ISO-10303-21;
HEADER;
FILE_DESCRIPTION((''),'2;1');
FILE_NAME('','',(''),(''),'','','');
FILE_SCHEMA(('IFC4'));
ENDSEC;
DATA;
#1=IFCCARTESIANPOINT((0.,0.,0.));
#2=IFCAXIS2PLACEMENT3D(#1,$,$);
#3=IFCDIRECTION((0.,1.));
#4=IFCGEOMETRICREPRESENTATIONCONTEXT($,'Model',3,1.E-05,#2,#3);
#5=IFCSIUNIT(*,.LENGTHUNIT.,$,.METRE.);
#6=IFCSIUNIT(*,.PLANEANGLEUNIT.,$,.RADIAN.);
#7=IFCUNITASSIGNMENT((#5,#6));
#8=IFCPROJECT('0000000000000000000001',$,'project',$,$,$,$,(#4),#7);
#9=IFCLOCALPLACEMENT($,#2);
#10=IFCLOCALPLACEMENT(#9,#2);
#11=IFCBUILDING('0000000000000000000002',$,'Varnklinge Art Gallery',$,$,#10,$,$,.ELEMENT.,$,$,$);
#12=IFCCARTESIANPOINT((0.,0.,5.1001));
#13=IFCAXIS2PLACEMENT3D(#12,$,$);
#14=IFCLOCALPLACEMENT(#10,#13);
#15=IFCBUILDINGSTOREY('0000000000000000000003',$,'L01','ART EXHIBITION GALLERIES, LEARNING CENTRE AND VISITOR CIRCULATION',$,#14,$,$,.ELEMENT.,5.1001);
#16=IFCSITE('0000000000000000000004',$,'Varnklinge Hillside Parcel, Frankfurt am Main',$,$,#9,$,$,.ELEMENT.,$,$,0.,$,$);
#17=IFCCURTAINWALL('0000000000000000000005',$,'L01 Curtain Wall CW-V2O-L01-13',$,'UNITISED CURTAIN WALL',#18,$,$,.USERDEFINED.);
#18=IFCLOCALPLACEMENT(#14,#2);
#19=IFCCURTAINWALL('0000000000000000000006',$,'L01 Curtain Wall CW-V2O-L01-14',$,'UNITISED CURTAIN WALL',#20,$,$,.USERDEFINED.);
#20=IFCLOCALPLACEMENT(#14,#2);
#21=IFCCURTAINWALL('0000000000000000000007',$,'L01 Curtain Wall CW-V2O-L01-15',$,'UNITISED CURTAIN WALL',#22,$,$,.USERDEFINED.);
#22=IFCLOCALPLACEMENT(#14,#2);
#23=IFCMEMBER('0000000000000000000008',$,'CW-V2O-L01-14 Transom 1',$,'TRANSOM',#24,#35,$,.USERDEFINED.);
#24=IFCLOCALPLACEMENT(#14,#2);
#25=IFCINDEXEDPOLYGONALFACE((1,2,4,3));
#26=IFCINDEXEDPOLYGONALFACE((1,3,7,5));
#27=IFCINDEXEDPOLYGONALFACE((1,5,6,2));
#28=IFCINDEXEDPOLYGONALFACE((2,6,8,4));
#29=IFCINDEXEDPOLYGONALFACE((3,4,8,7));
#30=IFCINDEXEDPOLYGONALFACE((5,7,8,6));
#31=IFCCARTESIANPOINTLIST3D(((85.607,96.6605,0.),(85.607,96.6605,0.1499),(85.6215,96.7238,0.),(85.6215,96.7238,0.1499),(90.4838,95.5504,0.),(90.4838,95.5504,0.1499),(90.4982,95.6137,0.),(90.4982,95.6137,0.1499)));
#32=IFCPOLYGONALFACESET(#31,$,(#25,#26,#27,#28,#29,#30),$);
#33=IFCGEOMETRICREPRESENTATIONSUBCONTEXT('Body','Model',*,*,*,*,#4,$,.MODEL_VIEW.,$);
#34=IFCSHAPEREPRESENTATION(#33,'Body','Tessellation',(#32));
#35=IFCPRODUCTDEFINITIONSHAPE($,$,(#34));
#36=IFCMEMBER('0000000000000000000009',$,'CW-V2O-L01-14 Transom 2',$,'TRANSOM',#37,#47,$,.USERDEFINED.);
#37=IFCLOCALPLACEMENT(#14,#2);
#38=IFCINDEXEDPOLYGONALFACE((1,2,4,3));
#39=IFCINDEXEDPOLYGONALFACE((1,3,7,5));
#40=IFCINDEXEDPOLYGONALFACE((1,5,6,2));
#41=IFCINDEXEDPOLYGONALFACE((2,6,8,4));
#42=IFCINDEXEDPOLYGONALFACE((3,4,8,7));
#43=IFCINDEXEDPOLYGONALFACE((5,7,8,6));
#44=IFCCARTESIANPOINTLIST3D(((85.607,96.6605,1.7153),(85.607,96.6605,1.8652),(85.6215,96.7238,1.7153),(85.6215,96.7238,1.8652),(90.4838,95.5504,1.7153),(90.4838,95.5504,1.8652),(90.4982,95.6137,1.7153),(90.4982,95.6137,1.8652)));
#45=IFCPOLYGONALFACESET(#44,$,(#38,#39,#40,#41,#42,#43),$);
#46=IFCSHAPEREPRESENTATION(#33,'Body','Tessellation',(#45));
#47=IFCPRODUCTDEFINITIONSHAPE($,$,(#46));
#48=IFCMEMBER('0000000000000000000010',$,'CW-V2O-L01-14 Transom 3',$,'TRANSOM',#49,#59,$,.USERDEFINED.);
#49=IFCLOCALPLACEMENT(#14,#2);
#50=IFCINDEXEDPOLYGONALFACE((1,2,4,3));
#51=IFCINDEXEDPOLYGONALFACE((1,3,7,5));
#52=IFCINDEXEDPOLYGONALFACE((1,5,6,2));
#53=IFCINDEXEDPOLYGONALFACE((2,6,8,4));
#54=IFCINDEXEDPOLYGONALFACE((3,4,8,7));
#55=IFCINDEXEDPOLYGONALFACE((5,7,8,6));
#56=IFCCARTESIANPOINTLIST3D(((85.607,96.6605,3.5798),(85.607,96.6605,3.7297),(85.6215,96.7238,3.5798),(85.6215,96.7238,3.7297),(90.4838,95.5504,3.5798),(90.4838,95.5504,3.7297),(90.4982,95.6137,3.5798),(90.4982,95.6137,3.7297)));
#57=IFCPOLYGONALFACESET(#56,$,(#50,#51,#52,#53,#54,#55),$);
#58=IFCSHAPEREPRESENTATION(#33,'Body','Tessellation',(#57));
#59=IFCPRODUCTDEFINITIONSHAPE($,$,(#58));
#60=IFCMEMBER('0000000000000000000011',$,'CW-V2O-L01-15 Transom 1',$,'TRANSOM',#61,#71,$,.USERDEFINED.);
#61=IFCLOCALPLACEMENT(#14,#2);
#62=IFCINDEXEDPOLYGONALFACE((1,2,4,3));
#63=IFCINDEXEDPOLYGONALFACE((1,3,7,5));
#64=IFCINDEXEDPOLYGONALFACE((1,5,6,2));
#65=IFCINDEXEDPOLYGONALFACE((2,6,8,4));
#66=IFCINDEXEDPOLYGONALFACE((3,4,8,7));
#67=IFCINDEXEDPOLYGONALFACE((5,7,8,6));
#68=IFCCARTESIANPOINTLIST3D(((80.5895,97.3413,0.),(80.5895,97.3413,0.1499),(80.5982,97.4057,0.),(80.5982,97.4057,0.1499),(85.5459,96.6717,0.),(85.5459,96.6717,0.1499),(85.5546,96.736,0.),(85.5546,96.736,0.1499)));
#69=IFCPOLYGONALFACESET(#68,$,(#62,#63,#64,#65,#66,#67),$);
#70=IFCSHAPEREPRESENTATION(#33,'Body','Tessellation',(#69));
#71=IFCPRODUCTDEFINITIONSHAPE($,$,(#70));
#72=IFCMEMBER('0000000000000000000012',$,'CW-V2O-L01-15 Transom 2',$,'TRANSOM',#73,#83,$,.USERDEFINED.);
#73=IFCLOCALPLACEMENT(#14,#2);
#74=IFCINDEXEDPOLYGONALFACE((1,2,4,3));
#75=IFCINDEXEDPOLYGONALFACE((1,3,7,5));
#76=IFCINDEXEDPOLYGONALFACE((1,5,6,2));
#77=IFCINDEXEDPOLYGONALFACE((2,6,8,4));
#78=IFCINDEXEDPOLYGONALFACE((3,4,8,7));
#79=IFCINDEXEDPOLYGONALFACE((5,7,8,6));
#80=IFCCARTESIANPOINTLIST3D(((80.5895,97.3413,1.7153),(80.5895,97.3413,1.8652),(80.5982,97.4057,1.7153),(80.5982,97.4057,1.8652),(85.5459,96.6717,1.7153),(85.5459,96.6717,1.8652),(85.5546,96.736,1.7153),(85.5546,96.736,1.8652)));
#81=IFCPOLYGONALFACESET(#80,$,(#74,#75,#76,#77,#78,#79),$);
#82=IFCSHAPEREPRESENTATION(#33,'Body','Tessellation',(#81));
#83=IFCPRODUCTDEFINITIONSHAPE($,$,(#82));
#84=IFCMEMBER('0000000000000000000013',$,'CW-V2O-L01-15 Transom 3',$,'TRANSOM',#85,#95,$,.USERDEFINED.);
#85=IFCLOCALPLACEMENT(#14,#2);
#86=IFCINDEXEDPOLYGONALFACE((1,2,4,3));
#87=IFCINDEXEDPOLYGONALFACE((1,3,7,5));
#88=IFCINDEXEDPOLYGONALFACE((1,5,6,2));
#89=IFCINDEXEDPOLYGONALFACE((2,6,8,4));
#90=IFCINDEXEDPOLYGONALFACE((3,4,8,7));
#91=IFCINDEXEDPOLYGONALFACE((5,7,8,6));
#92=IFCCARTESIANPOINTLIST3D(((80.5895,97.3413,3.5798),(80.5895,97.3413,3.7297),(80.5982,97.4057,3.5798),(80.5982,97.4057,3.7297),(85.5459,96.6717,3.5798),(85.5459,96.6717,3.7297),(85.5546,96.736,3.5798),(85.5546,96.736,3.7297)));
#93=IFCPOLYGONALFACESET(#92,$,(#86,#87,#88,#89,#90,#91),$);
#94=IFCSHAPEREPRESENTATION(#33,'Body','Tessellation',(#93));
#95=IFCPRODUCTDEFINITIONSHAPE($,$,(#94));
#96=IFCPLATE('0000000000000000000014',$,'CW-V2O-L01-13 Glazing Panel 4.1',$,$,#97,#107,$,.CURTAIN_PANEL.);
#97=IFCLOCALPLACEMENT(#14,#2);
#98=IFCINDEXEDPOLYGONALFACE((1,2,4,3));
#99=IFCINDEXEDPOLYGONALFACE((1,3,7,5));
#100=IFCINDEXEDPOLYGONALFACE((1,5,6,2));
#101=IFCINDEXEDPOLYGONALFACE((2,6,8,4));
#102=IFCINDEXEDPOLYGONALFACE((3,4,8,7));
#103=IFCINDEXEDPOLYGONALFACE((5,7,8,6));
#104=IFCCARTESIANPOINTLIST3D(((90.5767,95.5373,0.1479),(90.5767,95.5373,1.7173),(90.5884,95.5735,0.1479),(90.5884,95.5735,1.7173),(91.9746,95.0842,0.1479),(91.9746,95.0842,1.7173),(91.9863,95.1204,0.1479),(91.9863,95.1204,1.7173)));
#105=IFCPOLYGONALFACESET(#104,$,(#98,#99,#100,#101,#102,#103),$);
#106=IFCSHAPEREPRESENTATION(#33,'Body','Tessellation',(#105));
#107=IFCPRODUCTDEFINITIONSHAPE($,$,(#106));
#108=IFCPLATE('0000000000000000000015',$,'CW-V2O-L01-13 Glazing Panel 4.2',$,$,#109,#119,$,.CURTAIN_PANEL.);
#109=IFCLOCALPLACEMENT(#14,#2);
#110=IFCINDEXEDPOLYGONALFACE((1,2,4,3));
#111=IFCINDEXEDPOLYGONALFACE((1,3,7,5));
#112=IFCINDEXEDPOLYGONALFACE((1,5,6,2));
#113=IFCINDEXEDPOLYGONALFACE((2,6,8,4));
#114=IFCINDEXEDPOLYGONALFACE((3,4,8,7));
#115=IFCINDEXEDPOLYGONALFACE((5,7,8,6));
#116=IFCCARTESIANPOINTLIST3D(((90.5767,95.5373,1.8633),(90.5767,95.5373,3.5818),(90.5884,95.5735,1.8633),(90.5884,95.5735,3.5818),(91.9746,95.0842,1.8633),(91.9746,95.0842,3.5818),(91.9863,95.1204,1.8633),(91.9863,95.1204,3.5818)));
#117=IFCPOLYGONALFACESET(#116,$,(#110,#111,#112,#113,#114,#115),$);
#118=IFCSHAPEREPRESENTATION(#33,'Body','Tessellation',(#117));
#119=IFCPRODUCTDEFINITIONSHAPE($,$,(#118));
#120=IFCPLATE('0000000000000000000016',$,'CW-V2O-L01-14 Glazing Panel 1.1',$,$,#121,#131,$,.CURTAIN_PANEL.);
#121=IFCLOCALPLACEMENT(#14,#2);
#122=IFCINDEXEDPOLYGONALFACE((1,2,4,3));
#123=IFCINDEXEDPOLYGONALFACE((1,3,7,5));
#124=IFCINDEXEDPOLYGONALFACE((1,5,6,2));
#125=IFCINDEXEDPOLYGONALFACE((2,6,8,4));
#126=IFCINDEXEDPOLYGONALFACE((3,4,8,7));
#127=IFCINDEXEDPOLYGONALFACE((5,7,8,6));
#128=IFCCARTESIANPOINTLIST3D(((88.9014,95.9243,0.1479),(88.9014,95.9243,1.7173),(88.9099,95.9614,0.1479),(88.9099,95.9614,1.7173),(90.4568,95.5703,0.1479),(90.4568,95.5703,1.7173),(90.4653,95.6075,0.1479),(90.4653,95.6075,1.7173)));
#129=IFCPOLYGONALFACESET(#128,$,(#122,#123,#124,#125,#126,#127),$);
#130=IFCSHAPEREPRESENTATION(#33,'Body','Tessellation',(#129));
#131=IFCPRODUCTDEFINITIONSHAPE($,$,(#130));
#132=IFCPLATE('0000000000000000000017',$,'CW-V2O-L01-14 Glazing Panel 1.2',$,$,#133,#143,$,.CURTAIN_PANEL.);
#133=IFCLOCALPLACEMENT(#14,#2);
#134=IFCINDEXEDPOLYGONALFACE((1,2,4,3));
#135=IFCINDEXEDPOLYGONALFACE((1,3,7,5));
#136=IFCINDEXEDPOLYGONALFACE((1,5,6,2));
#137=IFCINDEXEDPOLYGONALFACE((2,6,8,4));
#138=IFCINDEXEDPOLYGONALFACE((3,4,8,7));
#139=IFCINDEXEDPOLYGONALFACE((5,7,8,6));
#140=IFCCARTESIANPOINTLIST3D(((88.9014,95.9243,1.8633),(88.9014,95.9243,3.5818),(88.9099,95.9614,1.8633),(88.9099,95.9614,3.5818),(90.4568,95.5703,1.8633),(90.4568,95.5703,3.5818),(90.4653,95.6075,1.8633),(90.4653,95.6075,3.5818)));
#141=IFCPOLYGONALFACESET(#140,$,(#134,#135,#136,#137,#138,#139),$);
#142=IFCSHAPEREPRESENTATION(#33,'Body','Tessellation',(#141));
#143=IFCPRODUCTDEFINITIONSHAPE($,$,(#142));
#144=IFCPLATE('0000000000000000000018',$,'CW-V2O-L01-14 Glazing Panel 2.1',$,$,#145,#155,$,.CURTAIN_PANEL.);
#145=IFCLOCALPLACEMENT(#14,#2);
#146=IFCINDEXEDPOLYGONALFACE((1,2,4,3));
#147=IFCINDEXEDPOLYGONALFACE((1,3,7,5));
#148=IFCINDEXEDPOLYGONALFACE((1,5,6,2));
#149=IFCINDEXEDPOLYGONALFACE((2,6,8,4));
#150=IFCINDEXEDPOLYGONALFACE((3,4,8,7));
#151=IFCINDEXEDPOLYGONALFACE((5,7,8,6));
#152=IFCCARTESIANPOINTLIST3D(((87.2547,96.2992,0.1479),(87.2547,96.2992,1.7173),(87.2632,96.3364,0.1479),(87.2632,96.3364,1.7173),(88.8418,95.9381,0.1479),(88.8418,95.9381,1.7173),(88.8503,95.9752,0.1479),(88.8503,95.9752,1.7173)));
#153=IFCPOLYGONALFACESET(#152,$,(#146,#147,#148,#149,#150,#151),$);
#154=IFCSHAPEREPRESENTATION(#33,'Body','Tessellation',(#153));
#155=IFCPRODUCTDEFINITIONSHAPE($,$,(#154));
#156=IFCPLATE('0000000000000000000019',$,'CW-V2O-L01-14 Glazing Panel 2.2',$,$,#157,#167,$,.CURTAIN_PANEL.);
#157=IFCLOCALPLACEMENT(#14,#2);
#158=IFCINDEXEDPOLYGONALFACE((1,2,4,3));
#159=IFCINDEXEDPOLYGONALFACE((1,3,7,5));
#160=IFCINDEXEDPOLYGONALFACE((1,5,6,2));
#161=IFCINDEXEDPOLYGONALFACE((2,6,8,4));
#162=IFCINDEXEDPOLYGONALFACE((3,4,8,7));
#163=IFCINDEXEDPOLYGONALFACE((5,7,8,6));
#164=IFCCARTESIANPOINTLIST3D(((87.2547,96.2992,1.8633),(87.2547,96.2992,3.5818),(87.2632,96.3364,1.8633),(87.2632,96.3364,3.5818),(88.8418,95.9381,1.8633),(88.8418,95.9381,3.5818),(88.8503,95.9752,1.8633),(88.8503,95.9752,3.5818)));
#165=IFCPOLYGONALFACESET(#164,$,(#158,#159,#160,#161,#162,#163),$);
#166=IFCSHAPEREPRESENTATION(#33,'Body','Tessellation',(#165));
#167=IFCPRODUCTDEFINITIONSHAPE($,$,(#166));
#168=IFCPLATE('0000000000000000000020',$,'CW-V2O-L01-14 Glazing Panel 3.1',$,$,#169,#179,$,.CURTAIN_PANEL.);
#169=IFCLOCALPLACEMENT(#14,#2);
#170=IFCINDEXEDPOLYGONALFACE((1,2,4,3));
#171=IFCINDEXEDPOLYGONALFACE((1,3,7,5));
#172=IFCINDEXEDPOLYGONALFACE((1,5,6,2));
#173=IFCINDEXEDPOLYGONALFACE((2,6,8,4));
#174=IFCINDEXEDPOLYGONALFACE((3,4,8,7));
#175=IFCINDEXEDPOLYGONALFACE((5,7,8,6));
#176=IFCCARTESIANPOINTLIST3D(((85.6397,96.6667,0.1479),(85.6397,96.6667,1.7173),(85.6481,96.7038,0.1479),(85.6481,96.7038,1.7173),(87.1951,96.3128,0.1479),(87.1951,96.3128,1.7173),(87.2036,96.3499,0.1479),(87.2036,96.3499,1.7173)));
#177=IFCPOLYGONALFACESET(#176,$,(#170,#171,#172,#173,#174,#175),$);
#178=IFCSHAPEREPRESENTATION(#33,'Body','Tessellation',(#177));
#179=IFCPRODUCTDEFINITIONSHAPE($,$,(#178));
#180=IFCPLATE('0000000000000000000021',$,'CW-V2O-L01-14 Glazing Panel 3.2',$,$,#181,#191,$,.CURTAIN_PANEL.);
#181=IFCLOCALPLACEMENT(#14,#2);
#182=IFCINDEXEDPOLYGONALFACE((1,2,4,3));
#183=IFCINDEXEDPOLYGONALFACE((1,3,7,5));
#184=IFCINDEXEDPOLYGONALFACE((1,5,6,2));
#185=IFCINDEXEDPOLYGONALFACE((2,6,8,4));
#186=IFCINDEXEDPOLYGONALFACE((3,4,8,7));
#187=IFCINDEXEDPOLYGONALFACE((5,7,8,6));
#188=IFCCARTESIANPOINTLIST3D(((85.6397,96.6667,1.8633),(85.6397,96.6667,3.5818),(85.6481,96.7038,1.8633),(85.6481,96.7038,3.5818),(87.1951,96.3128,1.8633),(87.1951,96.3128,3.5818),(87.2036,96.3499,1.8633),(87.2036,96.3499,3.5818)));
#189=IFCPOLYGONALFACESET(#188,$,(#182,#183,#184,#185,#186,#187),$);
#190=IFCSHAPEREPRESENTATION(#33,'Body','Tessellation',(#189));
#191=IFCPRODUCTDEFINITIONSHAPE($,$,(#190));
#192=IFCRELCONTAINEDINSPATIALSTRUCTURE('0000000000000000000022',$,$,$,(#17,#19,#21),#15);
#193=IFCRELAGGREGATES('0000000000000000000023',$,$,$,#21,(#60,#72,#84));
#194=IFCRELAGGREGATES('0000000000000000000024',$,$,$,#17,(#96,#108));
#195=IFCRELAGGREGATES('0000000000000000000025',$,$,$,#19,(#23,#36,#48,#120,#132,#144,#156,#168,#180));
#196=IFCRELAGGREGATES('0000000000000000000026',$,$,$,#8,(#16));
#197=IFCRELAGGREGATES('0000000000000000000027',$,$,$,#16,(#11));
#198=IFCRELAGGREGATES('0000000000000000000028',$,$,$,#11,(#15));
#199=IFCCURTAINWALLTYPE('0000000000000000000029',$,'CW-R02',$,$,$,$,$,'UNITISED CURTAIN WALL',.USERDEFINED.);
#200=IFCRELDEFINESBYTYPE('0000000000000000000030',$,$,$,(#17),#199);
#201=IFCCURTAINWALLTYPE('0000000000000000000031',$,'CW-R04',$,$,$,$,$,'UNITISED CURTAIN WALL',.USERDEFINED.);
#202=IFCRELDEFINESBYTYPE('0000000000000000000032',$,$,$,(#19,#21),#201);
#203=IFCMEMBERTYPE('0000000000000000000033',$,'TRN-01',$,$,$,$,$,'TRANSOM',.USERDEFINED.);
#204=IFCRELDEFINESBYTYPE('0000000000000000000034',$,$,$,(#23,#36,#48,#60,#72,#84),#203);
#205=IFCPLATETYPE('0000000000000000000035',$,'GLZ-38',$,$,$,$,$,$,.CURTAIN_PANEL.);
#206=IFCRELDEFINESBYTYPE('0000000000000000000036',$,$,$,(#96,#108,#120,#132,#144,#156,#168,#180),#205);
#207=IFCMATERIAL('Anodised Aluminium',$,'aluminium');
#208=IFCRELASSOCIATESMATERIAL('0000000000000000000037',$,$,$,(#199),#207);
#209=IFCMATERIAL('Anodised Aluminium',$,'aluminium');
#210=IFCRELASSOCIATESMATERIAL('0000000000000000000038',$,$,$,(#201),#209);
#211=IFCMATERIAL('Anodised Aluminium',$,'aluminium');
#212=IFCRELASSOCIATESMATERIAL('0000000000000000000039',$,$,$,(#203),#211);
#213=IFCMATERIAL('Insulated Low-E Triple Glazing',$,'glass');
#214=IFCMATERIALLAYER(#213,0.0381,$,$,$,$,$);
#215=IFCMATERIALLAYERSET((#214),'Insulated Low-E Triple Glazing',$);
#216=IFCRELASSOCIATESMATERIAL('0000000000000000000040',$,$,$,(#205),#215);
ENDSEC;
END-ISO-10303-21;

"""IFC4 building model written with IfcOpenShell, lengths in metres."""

from ifc_helpers import new_model, si_unit, direction, frame, origin, origin_2d, place, context, subcontext, project, spatial, rectangle, extrude, material, layer, layer_set, material_profile, profile_set, type_object, element, aggregate, save


model = new_model("IFC4")

# Units and contexts
model_context = context("Model", 3, precision=1e-05, world=origin(), true_north=direction((0.0, 1.0)))
body_context = subcontext(model_context, "Body", "Model", "MODEL_VIEW")
ifc_project = project(units=[si_unit("LENGTHUNIT", "METRE"), si_unit("PLANEANGLEUNIT", "RADIAN")], contexts=[model_context])

# Site, building, storey
site_placement = place(None, origin())
site = spatial("IfcSite", under=ifc_project, at=site_placement, Name="Varnklinge Hillside Parcel, Frankfurt am Main", CompositionType="ELEMENT", RefElevation=0.0)
building_placement = place(site_placement, origin())
building = spatial("IfcBuilding", under=site, at=building_placement, Name="Varnklinge Art Gallery", CompositionType="ELEMENT")
storey_placement = place(building_placement, frame((0.0, 0.0, 5.1001)))
storey = spatial("IfcBuildingStorey", under=building, at=storey_placement, Name="L01", Description="ART EXHIBITION GALLERIES, LEARNING CENTRE AND VISITOR CIRCULATION", CompositionType="ELEMENT", Elevation=5.1001)

# Curtain wall
ifc_material_1 = material(Name="Anodised Aluminium", Category="aluminium")
curtain_wall_type_1 = type_object("IfcCurtainWallType", Name="CW-R02", ElementType="UNITISED CURTAIN WALL", PredefinedType="USERDEFINED", material=ifc_material_1)
curtain_wall_1_placement = place(storey_placement, origin())
curtain_wall_1 = element("IfcCurtainWall", 1, at=curtain_wall_1_placement, inside=storey, type_object=curtain_wall_type_1, Name="L01 Curtain Wall CW-V2O-L01-13", ObjectType="UNITISED CURTAIN WALL", PredefinedType="USERDEFINED")

# Curtain wall
ifc_material_2 = material(Name="Anodised Aluminium", Category="aluminium")
curtain_wall_type_2 = type_object("IfcCurtainWallType", Name="CW-R04", ElementType="UNITISED CURTAIN WALL", PredefinedType="USERDEFINED", material=ifc_material_2)
curtain_wall_2_placement = place(storey_placement, origin())
curtain_wall_2 = element("IfcCurtainWall", 2, at=curtain_wall_2_placement, inside=storey, type_object=curtain_wall_type_2, Name="L01 Curtain Wall CW-V2O-L01-14", ObjectType="UNITISED CURTAIN WALL", PredefinedType="USERDEFINED")

# Curtain wall
curtain_wall_3_placement = place(storey_placement, origin())
curtain_wall_3 = element("IfcCurtainWall", 3, at=curtain_wall_3_placement, inside=storey, type_object=curtain_wall_type_2, Name="L01 Curtain Wall CW-V2O-L01-15", ObjectType="UNITISED CURTAIN WALL", PredefinedType="USERDEFINED")

# Members
ifc_material_3 = material(Name="Anodised Aluminium", Category="aluminium")
ifc_material_profile_1 = material_profile(ifc_material_3, rectangle(XDim=0.0649, YDim=0.1499, at=origin_2d()), Name="ALU 65x150")
ifc_profile_set_1 = profile_set([ifc_material_profile_1], Name="Anodised Aluminium")
member_type_1 = type_object("IfcMemberType", Name="TRN-01", ElementType="TRANSOM", PredefinedType="USERDEFINED", material=ifc_profile_set_1)
member_1_placement = place(storey_placement, frame((90.491, 95.582, 0.075), z_axis=(-0.975057, 0.221957, 0.0), x_axis=(-0.221957, -0.975057, 0.0)))
member_1 = element("IfcMember", 4, at=member_1_placement, type_object=member_type_1, Name="CW-V2O-L01-14 Transom 1", ObjectType="TRANSOM", PredefinedType="USERDEFINED", context=body_context, shape_type="SweptSolid", body=[
    extrude(rectangle(XDim=0.0649, YDim=0.1499, at=origin_2d()), origin(), (0.0, 0.0, 1.0), 5.0015),
])
member_2_placement = place(storey_placement, frame((90.491, 95.582, 1.7903), z_axis=(-0.975057, 0.221957, 0.0), x_axis=(-0.221957, -0.975057, 0.0)))
member_2 = element("IfcMember", 5, at=member_2_placement, type_object=member_type_1, Name="CW-V2O-L01-14 Transom 2", ObjectType="TRANSOM", PredefinedType="USERDEFINED", context=body_context, shape_type="SweptSolid", body=[
    extrude(rectangle(XDim=0.0649, YDim=0.1499, at=origin_2d()), origin(), (0.0, 0.0, 1.0), 5.0015),
])
member_3_placement = place(storey_placement, frame((90.491, 95.582, 3.6548), z_axis=(-0.975057, 0.221957, 0.0), x_axis=(-0.221957, -0.975057, 0.0)))
member_3 = element("IfcMember", 6, at=member_3_placement, type_object=member_type_1, Name="CW-V2O-L01-14 Transom 3", ObjectType="TRANSOM", PredefinedType="USERDEFINED", context=body_context, shape_type="SweptSolid", body=[
    extrude(rectangle(XDim=0.0649, YDim=0.1499, at=origin_2d()), origin(), (0.0, 0.0, 1.0), 5.0015),
])
member_4_placement = place(storey_placement, frame((85.5503, 96.7039, 0.075), z_axis=(-0.990996, 0.133893, 0.0), x_axis=(-0.133893, -0.990996, 0.0)))
member_4 = element("IfcMember", 7, at=member_4_placement, type_object=member_type_1, Name="CW-V2O-L01-15 Transom 1", ObjectType="TRANSOM", PredefinedType="USERDEFINED", context=body_context, shape_type="SweptSolid", body=[
    extrude(rectangle(XDim=0.0649, YDim=0.1499, at=origin_2d()), origin(), (0.0, 0.0, 1.0), 5.0015),
])
member_5_placement = place(storey_placement, frame((85.5503, 96.7039, 1.7903), z_axis=(-0.990996, 0.133893, 0.0), x_axis=(-0.133893, -0.990996, 0.0)))
member_5 = element("IfcMember", 8, at=member_5_placement, type_object=member_type_1, Name="CW-V2O-L01-15 Transom 2", ObjectType="TRANSOM", PredefinedType="USERDEFINED", context=body_context, shape_type="SweptSolid", body=[
    extrude(rectangle(XDim=0.0649, YDim=0.1499, at=origin_2d()), origin(), (0.0, 0.0, 1.0), 5.0015),
])
member_6_placement = place(storey_placement, frame((85.5503, 96.7039, 3.6548), z_axis=(-0.990996, 0.133893, 0.0), x_axis=(-0.133893, -0.990996, 0.0)))
member_6 = element("IfcMember", 9, at=member_6_placement, type_object=member_type_1, Name="CW-V2O-L01-15 Transom 3", ObjectType="TRANSOM", PredefinedType="USERDEFINED", context=body_context, shape_type="SweptSolid", body=[
    extrude(rectangle(XDim=0.0649, YDim=0.1499, at=origin_2d()), origin(), (0.0, 0.0, 1.0), 5.0015),
])
aggregate(curtain_wall_3, [member_4, member_5, member_6])

# Plates
ifc_material_4 = material(Name="Insulated Low-E Triple Glazing", Category="glass")
ifc_layer_1 = layer(ifc_material_4, 0.0381)
ifc_layer_set_1 = layer_set([ifc_layer_1], Name="Insulated Low-E Triple Glazing")
plate_type_1 = type_object("IfcPlateType", Name="GLZ-38", PredefinedType="CURTAIN_PANEL", material=ifc_layer_set_1)
plate_1_placement = place(storey_placement, frame((91.2815, 95.3289, 0.1479), z_axis=(0.0, 0.0, 1.0), x_axis=(-0.951272, 0.308353, 0.0)))
plate_1 = element("IfcPlate", 10, at=plate_1_placement, type_object=plate_type_1, Name="CW-V2O-L01-13 Glazing Panel 4.1", PredefinedType="CURTAIN_PANEL", context=body_context, shape_type="SweptSolid", body=[
    extrude(rectangle(XDim=1.4695, YDim=0.0381, at=origin_2d()), origin(), (0.0, 0.0, 1.0), 1.5693),
])
plate_2_placement = place(storey_placement, frame((91.2815, 95.3289, 1.8633), z_axis=(0.0, 0.0, 1.0), x_axis=(-0.951272, 0.308353, 0.0)))
plate_2 = element("IfcPlate", 11, at=plate_2_placement, type_object=plate_type_1, Name="CW-V2O-L01-13 Glazing Panel 4.2", PredefinedType="CURTAIN_PANEL", context=body_context, shape_type="SweptSolid", body=[
    extrude(rectangle(XDim=1.4695, YDim=0.0381, at=origin_2d()), origin(), (0.0, 0.0, 1.0), 1.7185),
])
aggregate(curtain_wall_1, [plate_1, plate_2])
plate_3_placement = place(storey_placement, frame((89.6833, 95.7659, 0.1479), z_axis=(0.0, 0.0, 1.0), x_axis=(-0.975072, 0.221889, 0.0)))
plate_3 = element("IfcPlate", 12, at=plate_3_placement, type_object=plate_type_1, Name="CW-V2O-L01-14 Glazing Panel 1.1", PredefinedType="CURTAIN_PANEL", context=body_context, shape_type="SweptSolid", body=[
    extrude(rectangle(XDim=1.5952, YDim=0.0381, at=origin_2d()), origin(), (0.0, 0.0, 1.0), 1.5693),
])
plate_4_placement = place(storey_placement, frame((89.6833, 95.7659, 1.8633), z_axis=(0.0, 0.0, 1.0), x_axis=(-0.975072, 0.221889, 0.0)))
plate_4 = element("IfcPlate", 13, at=plate_4_placement, type_object=plate_type_1, Name="CW-V2O-L01-14 Glazing Panel 1.2", PredefinedType="CURTAIN_PANEL", context=body_context, shape_type="SweptSolid", body=[
    extrude(rectangle(XDim=1.5952, YDim=0.0381, at=origin_2d()), origin(), (0.0, 0.0, 1.0), 1.7185),
])
plate_5_placement = place(storey_placement, frame((88.0525, 96.1372, 0.1479), z_axis=(0.0, 0.0, 1.0), x_axis=(-0.975072, 0.221889, 0.0)))
plate_5 = element("IfcPlate", 14, at=plate_5_placement, type_object=plate_type_1, Name="CW-V2O-L01-14 Glazing Panel 2.1", PredefinedType="CURTAIN_PANEL", context=body_context, shape_type="SweptSolid", body=[
    extrude(rectangle(XDim=1.6277, YDim=0.0381, at=origin_2d()), origin(), (0.0, 0.0, 1.0), 1.5693),
])
plate_6_placement = place(storey_placement, frame((88.0525, 96.1372, 1.8633), z_axis=(0.0, 0.0, 1.0), x_axis=(-0.975072, 0.221889, 0.0)))
plate_6 = element("IfcPlate", 15, at=plate_6_placement, type_object=plate_type_1, Name="CW-V2O-L01-14 Glazing Panel 2.2", PredefinedType="CURTAIN_PANEL", context=body_context, shape_type="SweptSolid", body=[
    extrude(rectangle(XDim=1.6277, YDim=0.0381, at=origin_2d()), origin(), (0.0, 0.0, 1.0), 1.7185),
])
plate_7_placement = place(storey_placement, frame((86.4216, 96.5083, 0.1479), z_axis=(0.0, 0.0, 1.0), x_axis=(-0.975072, 0.221889, 0.0)))
plate_7 = element("IfcPlate", 16, at=plate_7_placement, type_object=plate_type_1, Name="CW-V2O-L01-14 Glazing Panel 3.1", PredefinedType="CURTAIN_PANEL", context=body_context, shape_type="SweptSolid", body=[
    extrude(rectangle(XDim=1.5952, YDim=0.0381, at=origin_2d()), origin(), (0.0, 0.0, 1.0), 1.5693),
])
plate_8_placement = place(storey_placement, frame((86.4216, 96.5083, 1.8633), z_axis=(0.0, 0.0, 1.0), x_axis=(-0.975072, 0.221889, 0.0)))
plate_8 = element("IfcPlate", 17, at=plate_8_placement, type_object=plate_type_1, Name="CW-V2O-L01-14 Glazing Panel 3.2", PredefinedType="CURTAIN_PANEL", context=body_context, shape_type="SweptSolid", body=[
    extrude(rectangle(XDim=1.5952, YDim=0.0381, at=origin_2d()), origin(), (0.0, 0.0, 1.0), 1.7185),
])
aggregate(curtain_wall_2, [member_1, member_2, member_3, plate_3, plate_4, plate_5, plate_6, plate_7, plate_8])

save(model, "model.ifc")
